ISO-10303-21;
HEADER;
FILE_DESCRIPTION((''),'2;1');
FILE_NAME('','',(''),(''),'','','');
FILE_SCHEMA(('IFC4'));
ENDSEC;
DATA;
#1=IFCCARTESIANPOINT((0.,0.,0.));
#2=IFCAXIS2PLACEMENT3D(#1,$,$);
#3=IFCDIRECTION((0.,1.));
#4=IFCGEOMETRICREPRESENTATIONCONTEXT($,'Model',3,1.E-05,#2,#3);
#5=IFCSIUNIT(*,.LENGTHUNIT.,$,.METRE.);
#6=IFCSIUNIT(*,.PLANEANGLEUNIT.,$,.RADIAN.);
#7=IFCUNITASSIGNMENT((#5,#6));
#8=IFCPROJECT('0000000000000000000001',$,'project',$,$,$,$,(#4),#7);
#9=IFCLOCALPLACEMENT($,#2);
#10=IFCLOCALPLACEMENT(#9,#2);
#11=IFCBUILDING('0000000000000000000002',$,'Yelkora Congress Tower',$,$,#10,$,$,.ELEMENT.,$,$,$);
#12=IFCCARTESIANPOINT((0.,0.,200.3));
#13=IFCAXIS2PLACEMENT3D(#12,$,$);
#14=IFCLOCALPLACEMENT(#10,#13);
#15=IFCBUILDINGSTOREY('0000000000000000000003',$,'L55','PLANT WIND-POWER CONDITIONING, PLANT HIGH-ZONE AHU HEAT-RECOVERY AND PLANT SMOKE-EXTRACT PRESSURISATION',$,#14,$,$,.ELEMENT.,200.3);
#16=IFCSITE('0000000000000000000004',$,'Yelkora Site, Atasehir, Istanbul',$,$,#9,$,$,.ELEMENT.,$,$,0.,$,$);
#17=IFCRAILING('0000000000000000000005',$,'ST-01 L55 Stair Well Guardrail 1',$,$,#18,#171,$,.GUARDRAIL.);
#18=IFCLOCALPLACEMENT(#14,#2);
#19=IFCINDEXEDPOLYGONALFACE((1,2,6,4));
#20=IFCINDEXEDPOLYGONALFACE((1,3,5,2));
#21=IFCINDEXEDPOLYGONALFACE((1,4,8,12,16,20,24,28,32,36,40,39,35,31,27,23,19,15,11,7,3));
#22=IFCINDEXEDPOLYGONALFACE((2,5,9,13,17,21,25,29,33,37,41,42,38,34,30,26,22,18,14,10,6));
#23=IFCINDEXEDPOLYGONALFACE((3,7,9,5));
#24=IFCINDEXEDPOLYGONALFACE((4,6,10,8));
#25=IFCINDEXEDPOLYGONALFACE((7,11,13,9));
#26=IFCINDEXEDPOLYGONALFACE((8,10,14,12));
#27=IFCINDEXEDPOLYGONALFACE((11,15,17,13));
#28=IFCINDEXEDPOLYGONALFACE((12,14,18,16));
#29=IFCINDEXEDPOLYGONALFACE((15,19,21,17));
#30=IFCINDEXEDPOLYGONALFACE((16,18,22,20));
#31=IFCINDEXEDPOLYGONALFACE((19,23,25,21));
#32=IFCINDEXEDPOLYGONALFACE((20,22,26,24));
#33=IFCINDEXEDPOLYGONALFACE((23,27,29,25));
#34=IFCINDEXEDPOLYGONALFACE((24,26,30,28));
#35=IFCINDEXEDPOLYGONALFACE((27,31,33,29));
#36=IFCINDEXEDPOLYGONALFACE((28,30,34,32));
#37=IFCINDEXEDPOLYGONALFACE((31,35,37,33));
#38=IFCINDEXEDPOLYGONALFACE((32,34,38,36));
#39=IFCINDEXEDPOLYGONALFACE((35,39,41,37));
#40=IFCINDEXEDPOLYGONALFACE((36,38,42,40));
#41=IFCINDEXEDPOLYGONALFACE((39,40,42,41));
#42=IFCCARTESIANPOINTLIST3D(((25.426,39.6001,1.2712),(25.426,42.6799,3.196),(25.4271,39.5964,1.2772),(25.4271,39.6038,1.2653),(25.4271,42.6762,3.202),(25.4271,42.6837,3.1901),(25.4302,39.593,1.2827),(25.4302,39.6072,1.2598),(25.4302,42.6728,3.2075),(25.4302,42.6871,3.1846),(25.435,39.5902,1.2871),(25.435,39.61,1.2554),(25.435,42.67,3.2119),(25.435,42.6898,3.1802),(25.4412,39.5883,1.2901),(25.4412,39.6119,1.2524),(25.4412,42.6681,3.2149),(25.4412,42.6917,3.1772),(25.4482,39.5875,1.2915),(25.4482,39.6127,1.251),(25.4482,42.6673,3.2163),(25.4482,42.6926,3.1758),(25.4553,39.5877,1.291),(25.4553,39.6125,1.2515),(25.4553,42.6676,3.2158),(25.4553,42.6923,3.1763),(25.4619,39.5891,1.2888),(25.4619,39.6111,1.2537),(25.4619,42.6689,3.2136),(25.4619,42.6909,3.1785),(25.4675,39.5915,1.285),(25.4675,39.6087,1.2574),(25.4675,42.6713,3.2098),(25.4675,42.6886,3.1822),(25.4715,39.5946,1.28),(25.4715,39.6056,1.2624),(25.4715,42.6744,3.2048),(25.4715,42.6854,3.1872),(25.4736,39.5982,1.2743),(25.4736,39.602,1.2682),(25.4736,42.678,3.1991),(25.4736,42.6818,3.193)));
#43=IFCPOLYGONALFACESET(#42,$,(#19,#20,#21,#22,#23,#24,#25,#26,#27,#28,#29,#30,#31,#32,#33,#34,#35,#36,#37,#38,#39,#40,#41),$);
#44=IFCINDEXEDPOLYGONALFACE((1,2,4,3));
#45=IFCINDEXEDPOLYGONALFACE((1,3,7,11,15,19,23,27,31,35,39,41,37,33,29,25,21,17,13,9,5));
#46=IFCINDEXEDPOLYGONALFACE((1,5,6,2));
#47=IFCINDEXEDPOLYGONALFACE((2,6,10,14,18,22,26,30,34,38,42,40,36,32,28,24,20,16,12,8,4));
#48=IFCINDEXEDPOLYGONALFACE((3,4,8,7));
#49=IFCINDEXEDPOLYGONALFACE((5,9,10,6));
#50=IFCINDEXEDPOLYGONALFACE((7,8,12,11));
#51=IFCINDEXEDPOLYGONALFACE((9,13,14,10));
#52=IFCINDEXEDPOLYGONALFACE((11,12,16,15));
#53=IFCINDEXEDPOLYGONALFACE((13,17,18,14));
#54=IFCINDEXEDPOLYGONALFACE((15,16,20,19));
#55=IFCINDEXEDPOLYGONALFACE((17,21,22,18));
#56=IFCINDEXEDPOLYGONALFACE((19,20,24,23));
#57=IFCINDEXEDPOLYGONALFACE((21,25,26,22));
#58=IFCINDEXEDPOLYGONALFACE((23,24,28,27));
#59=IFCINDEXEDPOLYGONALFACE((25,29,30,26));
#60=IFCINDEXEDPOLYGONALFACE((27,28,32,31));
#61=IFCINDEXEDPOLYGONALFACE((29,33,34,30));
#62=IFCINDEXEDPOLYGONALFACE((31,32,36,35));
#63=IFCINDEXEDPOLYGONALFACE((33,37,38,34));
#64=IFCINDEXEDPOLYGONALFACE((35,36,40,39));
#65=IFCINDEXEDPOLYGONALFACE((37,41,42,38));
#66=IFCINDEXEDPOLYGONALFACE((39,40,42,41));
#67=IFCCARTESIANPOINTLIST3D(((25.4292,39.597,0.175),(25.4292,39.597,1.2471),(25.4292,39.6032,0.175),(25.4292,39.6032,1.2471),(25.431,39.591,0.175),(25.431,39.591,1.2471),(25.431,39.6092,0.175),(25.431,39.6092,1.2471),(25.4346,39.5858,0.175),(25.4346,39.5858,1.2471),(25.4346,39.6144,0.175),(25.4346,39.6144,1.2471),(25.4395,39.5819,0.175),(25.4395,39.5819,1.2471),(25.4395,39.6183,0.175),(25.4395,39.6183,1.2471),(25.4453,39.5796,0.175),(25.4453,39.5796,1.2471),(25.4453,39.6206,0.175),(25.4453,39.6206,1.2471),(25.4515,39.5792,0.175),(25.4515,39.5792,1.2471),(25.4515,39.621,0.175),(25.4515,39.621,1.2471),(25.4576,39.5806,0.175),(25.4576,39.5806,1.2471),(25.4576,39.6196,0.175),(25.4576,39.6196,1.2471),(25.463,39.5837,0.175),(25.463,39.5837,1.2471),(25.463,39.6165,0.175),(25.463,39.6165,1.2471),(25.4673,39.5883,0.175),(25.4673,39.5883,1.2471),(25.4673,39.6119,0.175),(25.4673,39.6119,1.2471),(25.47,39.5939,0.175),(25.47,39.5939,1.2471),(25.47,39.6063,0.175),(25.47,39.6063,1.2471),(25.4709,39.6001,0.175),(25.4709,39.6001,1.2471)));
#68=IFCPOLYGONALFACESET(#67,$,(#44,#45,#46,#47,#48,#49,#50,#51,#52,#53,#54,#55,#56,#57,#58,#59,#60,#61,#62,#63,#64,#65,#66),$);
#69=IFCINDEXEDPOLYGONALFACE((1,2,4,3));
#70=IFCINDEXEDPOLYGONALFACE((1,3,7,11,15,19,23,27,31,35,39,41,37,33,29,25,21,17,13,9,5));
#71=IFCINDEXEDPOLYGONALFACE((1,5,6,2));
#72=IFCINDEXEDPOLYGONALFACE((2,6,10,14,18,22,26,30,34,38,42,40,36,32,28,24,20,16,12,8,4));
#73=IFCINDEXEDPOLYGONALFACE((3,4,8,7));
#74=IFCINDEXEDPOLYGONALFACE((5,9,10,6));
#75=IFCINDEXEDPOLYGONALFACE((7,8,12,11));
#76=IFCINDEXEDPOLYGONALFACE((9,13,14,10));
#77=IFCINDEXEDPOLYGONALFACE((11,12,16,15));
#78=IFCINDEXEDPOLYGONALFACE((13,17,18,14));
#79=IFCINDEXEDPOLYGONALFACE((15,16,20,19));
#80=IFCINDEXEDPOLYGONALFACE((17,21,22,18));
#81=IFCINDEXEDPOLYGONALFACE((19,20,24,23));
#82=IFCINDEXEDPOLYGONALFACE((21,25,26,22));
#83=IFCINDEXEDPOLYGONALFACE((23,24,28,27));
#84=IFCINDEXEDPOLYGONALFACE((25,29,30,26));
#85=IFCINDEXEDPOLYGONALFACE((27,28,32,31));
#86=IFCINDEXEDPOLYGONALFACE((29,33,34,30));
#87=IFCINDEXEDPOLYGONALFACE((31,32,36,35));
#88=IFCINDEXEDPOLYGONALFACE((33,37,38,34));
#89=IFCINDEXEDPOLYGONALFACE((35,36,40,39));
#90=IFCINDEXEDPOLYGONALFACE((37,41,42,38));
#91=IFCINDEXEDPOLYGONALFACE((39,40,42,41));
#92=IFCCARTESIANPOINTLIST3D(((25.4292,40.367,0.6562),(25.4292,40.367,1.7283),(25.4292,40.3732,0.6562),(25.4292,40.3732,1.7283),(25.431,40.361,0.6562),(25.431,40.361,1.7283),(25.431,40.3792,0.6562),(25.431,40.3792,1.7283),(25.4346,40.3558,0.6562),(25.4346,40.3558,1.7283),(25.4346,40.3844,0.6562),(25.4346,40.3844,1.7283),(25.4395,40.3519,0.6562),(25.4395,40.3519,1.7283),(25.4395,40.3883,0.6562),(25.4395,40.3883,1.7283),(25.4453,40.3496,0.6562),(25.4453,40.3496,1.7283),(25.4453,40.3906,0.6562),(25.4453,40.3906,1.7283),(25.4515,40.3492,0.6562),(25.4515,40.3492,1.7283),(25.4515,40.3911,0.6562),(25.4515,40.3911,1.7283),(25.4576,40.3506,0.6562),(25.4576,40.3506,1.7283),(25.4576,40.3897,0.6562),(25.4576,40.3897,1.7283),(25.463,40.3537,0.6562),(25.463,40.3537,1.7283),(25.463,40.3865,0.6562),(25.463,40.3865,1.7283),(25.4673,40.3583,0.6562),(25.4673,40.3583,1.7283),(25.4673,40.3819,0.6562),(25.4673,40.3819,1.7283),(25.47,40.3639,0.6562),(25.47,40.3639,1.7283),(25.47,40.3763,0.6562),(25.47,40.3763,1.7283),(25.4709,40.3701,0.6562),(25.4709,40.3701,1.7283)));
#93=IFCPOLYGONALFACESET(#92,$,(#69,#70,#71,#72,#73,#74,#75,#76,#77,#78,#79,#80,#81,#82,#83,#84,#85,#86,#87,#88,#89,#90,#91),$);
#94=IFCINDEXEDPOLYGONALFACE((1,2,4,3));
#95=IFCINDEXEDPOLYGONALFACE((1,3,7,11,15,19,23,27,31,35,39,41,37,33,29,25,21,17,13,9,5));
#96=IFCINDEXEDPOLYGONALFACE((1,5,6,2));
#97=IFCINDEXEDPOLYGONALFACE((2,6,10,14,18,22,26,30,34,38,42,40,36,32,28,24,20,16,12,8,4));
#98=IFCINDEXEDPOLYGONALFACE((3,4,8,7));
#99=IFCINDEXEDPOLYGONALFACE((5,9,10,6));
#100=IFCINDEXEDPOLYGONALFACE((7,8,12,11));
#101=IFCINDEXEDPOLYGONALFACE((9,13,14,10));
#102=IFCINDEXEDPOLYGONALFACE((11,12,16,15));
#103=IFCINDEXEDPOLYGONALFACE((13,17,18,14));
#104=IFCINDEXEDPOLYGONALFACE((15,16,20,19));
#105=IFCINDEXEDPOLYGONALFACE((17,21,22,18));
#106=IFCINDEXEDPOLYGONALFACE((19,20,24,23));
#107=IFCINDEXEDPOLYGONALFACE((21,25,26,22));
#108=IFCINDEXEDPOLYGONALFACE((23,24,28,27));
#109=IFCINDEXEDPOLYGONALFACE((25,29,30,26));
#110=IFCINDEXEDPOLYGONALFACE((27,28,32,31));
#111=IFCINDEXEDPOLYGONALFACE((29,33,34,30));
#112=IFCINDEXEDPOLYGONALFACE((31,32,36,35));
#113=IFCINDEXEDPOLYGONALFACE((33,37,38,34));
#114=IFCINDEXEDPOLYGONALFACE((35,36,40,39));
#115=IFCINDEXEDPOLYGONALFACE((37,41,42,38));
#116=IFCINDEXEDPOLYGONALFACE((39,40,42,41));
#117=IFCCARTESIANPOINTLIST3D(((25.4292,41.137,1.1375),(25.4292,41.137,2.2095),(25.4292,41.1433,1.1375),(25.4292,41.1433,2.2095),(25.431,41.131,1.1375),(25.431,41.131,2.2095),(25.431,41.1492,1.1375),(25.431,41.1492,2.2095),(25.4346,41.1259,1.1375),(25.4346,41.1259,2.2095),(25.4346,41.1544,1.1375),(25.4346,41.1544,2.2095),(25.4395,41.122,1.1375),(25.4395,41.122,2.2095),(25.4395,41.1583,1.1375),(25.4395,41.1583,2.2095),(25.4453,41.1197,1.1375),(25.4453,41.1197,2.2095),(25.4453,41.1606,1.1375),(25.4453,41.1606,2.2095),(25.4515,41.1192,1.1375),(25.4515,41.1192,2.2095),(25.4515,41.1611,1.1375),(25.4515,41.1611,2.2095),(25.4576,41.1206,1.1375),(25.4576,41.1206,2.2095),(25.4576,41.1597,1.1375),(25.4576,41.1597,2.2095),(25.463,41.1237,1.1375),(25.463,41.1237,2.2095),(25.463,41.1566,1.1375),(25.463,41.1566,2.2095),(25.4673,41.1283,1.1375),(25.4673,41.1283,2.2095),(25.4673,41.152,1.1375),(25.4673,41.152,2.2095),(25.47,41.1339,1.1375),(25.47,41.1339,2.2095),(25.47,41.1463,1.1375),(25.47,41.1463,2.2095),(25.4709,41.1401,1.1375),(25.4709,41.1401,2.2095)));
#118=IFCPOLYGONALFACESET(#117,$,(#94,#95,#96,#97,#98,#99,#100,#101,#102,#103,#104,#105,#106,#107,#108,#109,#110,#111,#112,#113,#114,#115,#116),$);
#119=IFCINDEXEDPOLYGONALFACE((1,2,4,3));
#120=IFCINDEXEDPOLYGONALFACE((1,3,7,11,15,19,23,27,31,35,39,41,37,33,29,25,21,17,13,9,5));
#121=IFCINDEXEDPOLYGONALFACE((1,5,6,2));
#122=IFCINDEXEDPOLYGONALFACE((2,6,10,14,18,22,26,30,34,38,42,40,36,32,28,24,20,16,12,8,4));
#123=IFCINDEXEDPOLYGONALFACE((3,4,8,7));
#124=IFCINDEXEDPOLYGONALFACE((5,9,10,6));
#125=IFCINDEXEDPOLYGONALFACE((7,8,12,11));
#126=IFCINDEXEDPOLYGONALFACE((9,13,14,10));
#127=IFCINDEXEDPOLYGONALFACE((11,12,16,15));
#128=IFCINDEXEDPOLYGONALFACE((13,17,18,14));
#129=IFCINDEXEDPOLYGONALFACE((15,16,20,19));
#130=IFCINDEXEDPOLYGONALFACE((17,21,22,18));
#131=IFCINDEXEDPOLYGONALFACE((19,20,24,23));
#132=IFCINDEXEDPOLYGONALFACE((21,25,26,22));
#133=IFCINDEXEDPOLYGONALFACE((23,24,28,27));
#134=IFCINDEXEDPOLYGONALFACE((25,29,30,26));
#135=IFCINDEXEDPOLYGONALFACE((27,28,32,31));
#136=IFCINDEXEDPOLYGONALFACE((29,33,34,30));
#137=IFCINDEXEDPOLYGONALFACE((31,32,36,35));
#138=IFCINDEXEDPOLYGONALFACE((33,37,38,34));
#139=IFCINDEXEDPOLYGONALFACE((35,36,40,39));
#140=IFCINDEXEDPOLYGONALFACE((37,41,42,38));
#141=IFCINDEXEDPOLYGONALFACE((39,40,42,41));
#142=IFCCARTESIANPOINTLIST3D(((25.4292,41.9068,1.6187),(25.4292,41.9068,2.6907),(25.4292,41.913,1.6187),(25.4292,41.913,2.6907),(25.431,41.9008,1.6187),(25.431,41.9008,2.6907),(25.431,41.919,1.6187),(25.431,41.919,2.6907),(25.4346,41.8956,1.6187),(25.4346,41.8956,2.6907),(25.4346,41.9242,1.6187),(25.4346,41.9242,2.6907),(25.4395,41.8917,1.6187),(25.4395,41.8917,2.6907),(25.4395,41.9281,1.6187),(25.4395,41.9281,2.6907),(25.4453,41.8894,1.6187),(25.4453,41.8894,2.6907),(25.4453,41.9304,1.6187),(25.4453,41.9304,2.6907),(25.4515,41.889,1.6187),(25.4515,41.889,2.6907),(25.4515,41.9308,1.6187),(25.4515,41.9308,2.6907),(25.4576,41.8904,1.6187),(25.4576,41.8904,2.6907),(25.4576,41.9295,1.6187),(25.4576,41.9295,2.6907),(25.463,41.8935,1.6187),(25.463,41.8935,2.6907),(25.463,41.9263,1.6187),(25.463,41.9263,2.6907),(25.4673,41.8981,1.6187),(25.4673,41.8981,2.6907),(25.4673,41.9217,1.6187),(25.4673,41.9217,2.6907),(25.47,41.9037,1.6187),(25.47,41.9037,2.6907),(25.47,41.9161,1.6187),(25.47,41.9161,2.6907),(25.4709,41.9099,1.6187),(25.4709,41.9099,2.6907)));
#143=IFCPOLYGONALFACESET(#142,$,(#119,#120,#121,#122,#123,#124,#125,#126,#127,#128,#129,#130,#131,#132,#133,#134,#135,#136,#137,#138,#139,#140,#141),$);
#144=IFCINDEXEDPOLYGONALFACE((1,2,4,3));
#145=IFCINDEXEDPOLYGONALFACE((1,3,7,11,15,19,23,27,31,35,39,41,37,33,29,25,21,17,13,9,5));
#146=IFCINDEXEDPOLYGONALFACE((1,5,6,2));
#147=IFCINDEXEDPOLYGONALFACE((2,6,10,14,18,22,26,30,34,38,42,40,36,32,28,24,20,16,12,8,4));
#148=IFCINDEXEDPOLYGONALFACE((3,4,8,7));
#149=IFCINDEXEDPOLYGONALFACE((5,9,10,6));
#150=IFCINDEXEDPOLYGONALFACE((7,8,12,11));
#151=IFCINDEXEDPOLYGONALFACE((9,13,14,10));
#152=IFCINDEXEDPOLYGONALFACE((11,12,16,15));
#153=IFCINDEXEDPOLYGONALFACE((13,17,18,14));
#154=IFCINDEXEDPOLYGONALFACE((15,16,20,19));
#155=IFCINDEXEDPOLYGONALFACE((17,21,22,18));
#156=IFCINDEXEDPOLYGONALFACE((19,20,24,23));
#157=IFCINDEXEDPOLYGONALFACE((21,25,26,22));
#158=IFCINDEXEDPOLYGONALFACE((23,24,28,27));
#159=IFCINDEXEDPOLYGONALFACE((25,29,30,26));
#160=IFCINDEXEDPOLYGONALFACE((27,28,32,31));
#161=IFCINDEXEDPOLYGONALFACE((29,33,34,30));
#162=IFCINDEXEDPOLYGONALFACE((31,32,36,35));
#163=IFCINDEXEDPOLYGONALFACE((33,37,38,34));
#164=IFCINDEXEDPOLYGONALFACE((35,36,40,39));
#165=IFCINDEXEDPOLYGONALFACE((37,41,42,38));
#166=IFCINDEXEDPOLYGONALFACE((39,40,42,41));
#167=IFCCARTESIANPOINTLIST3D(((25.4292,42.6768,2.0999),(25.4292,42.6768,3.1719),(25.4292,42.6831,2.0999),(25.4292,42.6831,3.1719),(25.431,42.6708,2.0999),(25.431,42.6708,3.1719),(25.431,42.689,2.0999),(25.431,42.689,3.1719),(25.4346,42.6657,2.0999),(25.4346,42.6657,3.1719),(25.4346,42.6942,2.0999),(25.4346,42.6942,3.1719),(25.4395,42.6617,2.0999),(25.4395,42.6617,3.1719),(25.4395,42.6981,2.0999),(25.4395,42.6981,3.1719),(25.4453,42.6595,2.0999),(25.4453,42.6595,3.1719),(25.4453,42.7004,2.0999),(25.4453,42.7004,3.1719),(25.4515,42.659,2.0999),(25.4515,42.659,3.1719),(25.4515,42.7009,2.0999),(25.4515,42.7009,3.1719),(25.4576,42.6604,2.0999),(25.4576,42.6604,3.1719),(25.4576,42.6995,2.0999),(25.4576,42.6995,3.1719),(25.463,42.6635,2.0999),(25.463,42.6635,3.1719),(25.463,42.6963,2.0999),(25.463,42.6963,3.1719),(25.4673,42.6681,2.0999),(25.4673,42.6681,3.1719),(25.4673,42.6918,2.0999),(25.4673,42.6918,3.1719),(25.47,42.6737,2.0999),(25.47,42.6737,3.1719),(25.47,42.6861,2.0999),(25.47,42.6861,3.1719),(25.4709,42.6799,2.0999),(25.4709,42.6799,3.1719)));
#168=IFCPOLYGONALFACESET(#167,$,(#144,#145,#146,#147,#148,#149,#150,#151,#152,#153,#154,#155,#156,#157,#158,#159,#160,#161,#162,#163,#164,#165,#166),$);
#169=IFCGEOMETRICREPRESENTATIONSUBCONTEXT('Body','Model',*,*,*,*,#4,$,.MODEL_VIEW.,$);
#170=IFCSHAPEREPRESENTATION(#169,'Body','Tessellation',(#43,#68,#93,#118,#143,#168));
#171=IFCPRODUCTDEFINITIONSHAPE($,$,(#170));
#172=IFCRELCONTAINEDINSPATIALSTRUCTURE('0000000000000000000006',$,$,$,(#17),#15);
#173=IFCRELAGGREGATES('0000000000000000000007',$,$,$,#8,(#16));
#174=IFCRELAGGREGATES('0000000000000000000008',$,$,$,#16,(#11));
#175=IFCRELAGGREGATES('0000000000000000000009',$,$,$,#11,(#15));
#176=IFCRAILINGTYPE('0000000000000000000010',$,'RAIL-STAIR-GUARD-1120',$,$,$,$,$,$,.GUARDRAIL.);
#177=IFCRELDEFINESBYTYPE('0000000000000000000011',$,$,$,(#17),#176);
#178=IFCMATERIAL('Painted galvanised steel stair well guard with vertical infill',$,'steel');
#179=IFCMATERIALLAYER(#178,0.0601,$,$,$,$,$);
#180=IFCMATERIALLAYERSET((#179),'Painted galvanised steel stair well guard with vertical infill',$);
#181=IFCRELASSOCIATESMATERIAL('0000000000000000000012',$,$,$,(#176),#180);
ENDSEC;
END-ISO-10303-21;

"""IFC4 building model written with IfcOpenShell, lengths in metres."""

from ifc_helpers import new_model, si_unit, direction, frame, origin, origin_2d, place, context, subcontext, project, spatial, circle, extrude, material, layer, layer_set, type_object, element, save


model = new_model("IFC4")

# Units and contexts
model_context = context("Model", 3, precision=1e-05, world=origin(), true_north=direction((0.0, 1.0)))
body_context = subcontext(model_context, "Body", "Model", "MODEL_VIEW")
ifc_project = project(units=[si_unit("LENGTHUNIT", "METRE"), si_unit("PLANEANGLEUNIT", "RADIAN")], contexts=[model_context])

# Site, building, storey
site_placement = place(None, origin())
site = spatial("IfcSite", under=ifc_project, at=site_placement, Name="Yelkora Site, Atasehir, Istanbul", CompositionType="ELEMENT", RefElevation=0.0)
building_placement = place(site_placement, origin())
building = spatial("IfcBuilding", under=site, at=building_placement, Name="Yelkora Congress Tower", CompositionType="ELEMENT")
storey_placement = place(building_placement, frame((0.0, 0.0, 200.3)))
storey = spatial("IfcBuildingStorey", under=building, at=storey_placement, Name="L55", Description="PLANT WIND-POWER CONDITIONING, PLANT HIGH-ZONE AHU HEAT-RECOVERY AND PLANT SMOKE-EXTRACT PRESSURISATION", CompositionType="ELEMENT", Elevation=200.3)

# Railing
ifc_material_1 = material(Name="Painted galvanised steel stair well guard with vertical infill", Category="steel")
ifc_layer_1 = layer(ifc_material_1, 0.0601)
ifc_layer_set_1 = layer_set([ifc_layer_1], Name="Painted galvanised steel stair well guard with vertical infill")
railing_type_1 = type_object("IfcRailingType", Name="RAIL-STAIR-GUARD-1120", PredefinedType="GUARDRAIL", material=ifc_layer_set_1)
railing_1_placement = place(storey_placement, frame((25.45, 39.6001, 0.175)))
element("IfcRailing", 1, at=railing_1_placement, inside=storey, type_object=railing_type_1, Name="ST-01 L55 Stair Well Guardrail 1", PredefinedType="GUARDRAIL", context=body_context, shape_type="SweptSolid", body=[
    extrude(circle(Radius=0.0239, at=origin_2d()), frame((0.0, 0.0, 1.0962), z_axis=(0.0, 0.84801, 0.529981), x_axis=(-1.0, 0.0, 0.0)), (0.0, 0.0, 1.0), 3.6318),
    extrude(circle(Radius=0.021, at=origin_2d()), origin(), (0.0, 0.0, 1.0), 1.072),
    extrude(circle(Radius=0.021, at=origin_2d()), frame((0.0, 0.77, 0.4812)), (0.0, 0.0, 1.0), 1.072),
    extrude(circle(Radius=0.021, at=origin_2d()), frame((0.0, 1.54, 0.9624)), (0.0, 0.0, 1.0), 1.072),
    extrude(circle(Radius=0.021, at=origin_2d()), frame((0.0, 2.3098, 1.4436)), (0.0, 0.0, 1.0), 1.072),
    extrude(circle(Radius=0.021, at=origin_2d()), frame((0.0, 3.0798, 1.9248)), (0.0, 0.0, 1.0), 1.072),
])

save(model, "model.ifc")
